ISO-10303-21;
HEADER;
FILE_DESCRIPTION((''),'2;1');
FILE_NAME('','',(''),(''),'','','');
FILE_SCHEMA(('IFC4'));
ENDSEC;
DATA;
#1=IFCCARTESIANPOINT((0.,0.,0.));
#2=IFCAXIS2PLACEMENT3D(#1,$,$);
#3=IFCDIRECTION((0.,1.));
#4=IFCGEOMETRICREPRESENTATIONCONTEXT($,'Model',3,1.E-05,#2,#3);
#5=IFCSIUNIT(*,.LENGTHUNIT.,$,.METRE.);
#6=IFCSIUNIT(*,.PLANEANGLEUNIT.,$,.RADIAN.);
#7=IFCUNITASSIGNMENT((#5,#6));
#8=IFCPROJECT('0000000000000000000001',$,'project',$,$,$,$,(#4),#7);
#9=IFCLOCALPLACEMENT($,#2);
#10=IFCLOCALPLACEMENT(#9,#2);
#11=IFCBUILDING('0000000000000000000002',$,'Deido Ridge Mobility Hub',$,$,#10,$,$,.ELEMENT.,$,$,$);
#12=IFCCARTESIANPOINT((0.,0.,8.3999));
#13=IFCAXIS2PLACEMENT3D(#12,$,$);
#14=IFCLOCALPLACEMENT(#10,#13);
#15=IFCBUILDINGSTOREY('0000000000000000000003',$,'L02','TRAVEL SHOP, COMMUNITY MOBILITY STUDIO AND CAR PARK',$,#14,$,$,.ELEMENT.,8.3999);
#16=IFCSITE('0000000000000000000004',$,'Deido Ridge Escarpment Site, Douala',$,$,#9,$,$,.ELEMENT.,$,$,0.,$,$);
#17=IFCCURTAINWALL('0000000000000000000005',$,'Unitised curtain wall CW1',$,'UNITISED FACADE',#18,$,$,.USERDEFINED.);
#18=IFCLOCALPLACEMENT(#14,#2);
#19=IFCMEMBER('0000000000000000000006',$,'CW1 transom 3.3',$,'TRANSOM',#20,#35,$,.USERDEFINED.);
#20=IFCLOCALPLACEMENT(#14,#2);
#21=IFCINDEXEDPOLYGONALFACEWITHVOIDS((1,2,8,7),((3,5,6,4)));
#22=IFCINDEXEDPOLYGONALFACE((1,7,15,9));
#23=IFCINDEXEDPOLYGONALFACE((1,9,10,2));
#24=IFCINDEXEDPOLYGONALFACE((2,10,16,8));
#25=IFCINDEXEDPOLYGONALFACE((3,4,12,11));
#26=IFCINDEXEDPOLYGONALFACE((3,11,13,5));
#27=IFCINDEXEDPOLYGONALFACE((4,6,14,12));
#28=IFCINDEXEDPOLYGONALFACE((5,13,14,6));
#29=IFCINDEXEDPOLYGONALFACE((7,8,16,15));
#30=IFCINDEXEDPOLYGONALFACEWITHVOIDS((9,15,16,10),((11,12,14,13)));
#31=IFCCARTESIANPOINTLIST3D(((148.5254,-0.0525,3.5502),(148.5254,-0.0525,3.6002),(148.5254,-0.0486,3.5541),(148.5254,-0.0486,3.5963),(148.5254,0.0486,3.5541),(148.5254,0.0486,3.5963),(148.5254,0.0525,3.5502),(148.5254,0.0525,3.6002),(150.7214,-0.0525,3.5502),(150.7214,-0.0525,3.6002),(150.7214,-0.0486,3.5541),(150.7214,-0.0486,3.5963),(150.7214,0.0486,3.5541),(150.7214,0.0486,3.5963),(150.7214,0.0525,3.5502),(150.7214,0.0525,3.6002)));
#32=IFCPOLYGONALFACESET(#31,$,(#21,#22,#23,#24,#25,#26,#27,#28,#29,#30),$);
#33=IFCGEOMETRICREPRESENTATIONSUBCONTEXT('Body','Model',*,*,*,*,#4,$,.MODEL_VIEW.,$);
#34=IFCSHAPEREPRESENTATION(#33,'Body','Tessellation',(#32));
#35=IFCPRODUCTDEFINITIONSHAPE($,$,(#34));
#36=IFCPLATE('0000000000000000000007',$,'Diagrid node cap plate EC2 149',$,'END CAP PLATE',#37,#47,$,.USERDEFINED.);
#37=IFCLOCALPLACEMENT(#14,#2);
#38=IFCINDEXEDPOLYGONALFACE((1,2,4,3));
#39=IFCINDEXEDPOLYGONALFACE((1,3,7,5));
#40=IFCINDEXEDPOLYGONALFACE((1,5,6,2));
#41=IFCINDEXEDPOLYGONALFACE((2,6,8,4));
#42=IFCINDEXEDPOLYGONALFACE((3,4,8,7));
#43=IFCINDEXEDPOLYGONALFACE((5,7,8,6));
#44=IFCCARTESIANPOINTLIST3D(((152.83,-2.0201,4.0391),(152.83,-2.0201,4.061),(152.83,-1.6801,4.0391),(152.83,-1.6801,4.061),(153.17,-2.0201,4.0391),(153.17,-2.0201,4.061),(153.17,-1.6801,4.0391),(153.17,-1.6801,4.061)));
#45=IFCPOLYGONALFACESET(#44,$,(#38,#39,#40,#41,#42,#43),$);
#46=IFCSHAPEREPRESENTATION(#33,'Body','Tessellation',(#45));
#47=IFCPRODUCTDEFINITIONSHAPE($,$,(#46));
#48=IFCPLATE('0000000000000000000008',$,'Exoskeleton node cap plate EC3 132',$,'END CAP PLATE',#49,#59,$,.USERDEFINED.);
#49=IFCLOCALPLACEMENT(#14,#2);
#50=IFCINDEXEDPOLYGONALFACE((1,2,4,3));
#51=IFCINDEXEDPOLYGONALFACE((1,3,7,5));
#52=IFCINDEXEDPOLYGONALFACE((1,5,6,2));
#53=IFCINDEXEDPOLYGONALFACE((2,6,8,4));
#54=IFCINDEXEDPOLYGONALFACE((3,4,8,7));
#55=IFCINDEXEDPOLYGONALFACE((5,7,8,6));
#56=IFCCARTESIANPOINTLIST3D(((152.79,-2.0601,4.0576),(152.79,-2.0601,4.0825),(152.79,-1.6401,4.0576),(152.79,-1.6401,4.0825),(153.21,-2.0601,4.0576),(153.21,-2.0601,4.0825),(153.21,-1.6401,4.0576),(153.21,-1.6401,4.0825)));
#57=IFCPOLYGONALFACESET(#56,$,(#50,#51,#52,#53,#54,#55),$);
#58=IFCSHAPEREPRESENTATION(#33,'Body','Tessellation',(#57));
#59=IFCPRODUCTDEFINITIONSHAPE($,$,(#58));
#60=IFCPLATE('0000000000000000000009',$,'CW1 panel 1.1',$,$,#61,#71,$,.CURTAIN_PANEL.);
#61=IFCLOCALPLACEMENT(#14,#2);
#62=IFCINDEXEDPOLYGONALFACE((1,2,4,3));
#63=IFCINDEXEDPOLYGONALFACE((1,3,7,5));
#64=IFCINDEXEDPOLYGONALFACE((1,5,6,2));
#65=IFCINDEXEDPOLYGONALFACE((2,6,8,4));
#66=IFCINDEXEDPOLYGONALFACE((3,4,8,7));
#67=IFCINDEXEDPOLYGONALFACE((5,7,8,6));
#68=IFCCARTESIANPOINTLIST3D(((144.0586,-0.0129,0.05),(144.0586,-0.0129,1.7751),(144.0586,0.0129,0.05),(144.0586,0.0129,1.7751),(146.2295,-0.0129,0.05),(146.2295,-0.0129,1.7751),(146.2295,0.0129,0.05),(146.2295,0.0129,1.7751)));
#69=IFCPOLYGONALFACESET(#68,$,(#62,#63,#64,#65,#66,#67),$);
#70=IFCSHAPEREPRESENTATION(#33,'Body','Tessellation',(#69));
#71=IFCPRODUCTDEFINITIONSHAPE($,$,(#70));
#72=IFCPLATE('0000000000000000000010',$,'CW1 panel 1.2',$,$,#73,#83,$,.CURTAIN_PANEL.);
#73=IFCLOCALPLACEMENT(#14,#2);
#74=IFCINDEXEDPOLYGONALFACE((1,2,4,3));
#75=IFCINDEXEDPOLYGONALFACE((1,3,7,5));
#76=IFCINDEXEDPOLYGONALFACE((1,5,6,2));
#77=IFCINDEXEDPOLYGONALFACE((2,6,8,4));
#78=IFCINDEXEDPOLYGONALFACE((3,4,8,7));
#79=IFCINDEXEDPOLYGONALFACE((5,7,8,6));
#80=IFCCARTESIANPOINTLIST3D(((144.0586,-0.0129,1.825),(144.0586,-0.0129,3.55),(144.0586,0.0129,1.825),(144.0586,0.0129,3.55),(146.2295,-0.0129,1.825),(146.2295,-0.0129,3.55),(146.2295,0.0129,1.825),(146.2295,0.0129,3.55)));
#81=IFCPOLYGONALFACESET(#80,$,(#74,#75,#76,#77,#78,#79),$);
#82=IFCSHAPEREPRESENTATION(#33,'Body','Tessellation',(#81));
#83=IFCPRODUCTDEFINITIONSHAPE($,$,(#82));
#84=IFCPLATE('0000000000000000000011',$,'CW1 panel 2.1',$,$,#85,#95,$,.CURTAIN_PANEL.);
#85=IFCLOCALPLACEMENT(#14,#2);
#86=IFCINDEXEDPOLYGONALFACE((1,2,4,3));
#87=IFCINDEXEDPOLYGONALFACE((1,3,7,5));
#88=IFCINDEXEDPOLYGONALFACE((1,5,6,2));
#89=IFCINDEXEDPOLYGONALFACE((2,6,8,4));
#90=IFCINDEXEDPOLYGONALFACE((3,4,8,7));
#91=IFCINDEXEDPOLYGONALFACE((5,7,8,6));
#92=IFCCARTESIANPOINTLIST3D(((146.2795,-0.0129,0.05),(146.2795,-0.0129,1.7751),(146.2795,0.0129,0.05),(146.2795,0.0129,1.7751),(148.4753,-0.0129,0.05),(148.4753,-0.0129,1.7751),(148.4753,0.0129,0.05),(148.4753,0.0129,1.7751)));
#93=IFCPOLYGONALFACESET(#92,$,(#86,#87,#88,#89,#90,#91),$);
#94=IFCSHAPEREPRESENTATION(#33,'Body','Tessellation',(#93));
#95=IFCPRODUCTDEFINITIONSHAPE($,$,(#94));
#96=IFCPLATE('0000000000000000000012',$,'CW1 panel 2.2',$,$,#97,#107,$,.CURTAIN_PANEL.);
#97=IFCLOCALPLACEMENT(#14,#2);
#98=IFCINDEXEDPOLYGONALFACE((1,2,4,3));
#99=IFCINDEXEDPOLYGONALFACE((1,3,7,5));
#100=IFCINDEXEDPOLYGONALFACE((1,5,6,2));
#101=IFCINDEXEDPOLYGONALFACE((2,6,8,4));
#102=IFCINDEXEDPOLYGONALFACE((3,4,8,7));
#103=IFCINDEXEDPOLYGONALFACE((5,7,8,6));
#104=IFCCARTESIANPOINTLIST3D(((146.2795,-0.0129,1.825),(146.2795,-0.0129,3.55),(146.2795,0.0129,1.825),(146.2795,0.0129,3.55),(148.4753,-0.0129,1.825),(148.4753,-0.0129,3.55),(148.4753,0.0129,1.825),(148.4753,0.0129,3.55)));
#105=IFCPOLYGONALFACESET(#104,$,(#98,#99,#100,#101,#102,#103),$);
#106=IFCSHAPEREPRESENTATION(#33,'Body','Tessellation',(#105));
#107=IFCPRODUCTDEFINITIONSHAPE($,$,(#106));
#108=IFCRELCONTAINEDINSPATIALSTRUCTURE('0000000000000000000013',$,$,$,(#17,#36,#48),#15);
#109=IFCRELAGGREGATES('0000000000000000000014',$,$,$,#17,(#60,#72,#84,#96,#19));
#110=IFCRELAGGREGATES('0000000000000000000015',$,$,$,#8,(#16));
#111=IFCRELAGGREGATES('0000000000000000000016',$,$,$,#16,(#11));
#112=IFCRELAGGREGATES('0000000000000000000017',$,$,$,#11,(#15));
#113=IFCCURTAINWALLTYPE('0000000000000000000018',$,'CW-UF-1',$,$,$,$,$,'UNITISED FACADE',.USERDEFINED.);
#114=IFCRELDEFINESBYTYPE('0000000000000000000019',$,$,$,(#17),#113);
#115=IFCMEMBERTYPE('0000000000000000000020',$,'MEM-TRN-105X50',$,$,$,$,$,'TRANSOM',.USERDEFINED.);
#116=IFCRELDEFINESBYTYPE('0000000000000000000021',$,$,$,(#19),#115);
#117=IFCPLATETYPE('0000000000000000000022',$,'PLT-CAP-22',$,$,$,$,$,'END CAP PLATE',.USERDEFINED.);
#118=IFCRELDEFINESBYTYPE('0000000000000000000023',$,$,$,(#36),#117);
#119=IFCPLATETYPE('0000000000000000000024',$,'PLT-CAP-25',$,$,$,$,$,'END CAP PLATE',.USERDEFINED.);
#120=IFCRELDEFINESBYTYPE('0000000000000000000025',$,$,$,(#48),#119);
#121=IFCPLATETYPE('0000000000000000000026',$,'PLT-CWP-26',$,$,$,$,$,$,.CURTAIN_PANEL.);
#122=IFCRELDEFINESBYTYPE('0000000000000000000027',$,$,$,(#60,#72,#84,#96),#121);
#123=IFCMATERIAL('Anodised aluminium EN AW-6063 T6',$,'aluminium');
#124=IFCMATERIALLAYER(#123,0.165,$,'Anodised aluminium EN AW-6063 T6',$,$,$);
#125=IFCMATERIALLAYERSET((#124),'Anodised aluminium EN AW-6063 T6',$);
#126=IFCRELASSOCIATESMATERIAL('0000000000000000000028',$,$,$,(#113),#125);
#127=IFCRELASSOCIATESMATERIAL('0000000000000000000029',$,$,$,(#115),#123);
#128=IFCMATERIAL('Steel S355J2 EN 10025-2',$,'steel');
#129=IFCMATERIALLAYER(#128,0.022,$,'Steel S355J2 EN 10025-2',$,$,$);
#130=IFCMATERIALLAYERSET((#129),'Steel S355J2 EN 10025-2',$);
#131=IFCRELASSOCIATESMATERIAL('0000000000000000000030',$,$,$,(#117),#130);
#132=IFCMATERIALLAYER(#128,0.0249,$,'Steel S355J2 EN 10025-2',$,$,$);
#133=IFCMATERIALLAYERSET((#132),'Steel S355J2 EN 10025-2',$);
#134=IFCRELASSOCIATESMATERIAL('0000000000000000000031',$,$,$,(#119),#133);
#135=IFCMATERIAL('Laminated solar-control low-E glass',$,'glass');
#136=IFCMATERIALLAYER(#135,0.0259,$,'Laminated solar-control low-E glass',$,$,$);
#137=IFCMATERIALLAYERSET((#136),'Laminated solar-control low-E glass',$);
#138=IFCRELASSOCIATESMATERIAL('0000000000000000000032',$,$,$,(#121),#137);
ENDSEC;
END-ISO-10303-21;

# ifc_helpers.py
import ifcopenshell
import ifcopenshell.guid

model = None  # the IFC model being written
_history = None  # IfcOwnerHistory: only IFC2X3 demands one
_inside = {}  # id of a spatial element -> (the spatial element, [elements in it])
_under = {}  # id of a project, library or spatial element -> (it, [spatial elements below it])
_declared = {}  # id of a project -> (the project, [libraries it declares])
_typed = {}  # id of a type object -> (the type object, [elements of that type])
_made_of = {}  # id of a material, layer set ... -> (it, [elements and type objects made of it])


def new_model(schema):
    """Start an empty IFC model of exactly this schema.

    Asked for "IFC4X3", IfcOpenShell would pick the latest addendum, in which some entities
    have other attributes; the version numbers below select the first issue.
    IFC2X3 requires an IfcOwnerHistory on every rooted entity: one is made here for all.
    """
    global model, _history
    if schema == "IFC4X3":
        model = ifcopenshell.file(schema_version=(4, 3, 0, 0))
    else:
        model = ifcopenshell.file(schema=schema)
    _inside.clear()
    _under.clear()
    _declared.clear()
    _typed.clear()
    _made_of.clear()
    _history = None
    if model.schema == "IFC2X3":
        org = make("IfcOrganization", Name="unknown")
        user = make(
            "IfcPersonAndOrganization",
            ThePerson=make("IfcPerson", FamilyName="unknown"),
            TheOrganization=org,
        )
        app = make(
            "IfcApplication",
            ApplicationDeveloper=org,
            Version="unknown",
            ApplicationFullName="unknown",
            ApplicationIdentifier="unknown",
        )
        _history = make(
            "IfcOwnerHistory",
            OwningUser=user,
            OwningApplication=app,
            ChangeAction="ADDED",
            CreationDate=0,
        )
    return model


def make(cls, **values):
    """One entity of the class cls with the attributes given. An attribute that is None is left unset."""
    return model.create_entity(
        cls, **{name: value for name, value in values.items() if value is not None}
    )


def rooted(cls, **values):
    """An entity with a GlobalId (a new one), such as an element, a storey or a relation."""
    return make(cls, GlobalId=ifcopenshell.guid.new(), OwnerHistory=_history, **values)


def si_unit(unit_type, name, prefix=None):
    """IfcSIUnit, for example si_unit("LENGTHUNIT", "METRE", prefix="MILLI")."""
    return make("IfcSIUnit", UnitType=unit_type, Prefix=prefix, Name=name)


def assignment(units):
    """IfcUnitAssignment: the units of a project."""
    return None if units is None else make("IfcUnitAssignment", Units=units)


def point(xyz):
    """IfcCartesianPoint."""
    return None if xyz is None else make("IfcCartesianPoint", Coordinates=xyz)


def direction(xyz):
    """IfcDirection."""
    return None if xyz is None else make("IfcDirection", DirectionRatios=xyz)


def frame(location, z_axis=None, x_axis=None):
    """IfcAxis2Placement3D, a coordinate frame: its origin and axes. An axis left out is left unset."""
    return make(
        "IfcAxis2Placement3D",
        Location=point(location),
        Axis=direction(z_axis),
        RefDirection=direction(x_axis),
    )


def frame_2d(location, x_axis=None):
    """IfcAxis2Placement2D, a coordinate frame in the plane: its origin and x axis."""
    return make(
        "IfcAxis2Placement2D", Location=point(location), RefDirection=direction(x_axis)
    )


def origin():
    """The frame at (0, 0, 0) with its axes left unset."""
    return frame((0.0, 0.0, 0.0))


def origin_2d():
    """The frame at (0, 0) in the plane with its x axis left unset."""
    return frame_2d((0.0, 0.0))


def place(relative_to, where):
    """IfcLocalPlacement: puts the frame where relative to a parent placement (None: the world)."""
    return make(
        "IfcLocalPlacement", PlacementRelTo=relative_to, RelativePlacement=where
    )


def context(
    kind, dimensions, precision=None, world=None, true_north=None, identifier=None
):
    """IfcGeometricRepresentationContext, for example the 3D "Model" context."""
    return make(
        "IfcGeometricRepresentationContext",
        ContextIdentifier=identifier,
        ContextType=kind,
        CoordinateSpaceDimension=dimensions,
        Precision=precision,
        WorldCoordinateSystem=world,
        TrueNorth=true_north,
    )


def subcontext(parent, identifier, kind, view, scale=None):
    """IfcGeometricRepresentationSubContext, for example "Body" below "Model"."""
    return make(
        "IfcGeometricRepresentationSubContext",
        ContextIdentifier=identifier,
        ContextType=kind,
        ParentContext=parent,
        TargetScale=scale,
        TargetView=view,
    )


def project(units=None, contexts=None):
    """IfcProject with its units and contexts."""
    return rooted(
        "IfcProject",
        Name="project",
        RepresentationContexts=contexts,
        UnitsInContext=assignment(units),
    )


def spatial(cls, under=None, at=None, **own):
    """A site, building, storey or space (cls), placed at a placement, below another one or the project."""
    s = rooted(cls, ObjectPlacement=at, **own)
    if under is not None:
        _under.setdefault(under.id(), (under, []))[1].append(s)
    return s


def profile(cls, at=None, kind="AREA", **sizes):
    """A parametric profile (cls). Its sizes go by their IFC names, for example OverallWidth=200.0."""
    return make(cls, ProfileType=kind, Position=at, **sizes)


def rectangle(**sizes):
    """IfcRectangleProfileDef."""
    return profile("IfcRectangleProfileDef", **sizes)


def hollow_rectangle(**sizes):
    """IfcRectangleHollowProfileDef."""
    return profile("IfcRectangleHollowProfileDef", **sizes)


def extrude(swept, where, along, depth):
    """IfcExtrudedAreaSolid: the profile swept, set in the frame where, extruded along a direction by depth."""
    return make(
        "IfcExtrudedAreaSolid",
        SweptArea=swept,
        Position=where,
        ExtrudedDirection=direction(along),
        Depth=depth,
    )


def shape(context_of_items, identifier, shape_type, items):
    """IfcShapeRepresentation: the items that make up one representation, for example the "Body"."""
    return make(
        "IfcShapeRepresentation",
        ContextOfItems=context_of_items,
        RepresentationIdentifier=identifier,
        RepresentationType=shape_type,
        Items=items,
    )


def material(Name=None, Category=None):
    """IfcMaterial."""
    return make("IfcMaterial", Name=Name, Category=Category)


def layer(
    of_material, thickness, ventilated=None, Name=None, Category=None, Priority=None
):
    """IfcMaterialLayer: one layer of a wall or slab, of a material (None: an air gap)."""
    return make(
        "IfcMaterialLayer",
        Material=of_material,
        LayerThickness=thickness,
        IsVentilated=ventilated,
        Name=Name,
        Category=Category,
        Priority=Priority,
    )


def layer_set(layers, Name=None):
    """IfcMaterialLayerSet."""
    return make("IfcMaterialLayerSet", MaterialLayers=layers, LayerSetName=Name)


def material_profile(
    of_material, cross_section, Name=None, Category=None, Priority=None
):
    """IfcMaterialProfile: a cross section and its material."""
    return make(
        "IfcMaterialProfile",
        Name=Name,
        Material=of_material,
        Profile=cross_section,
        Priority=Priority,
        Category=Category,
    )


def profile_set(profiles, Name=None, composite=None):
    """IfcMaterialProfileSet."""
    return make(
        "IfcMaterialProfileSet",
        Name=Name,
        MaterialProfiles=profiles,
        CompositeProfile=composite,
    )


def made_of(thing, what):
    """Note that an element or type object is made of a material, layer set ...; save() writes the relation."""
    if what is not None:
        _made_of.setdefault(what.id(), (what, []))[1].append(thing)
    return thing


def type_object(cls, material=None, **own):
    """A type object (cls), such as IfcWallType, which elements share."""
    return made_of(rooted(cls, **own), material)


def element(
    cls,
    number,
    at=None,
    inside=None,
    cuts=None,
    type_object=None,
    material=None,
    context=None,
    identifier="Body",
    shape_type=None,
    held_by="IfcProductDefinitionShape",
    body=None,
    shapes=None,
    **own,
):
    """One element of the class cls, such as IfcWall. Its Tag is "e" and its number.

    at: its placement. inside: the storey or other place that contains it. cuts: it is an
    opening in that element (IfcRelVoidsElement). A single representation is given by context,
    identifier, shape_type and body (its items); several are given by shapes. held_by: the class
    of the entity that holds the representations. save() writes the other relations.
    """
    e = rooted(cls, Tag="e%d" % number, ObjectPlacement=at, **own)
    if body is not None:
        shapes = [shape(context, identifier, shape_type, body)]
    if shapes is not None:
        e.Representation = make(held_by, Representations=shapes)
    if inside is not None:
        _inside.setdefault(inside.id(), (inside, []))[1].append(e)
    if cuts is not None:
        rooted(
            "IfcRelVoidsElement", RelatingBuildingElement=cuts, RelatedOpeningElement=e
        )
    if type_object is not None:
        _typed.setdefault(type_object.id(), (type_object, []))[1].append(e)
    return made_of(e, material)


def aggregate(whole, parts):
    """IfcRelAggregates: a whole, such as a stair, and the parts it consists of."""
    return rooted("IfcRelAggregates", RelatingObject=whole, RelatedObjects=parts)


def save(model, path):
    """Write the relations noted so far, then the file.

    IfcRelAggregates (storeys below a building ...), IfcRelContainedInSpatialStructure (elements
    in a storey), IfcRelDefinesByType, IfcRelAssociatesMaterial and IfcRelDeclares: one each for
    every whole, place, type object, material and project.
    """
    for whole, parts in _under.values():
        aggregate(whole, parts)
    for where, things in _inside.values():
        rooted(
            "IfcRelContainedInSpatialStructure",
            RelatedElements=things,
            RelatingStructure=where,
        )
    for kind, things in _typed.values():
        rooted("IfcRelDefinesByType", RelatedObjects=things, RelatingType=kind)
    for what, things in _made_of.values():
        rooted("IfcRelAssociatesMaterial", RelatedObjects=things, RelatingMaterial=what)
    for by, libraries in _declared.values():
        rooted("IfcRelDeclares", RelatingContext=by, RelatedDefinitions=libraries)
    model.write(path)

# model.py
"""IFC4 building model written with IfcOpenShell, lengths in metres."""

from ifc_helpers import new_model, si_unit, direction, frame, origin, origin_2d, place, context, subcontext, project, spatial, rectangle, hollow_rectangle, extrude, material, layer, layer_set, material_profile, profile_set, type_object, element, aggregate, save


model = new_model("IFC4")

# Units and contexts
model_context = context("Model", 3, precision=1e-05, world=origin(), true_north=direction((0.0, 1.0)))
body_context = subcontext(model_context, "Body", "Model", "MODEL_VIEW")
ifc_project = project(units=[si_unit("LENGTHUNIT", "METRE"), si_unit("PLANEANGLEUNIT", "RADIAN")], contexts=[model_context])

# Site, building, storey
site_placement = place(None, origin())
site = spatial("IfcSite", under=ifc_project, at=site_placement, Name="Deido Ridge Escarpment Site, Douala", CompositionType="ELEMENT", RefElevation=0.0)
building_placement = place(site_placement, origin())
building = spatial("IfcBuilding", under=site, at=building_placement, Name="Deido Ridge Mobility Hub", CompositionType="ELEMENT")
storey_placement = place(building_placement, frame((0.0, 0.0, 8.3999)))
storey = spatial("IfcBuildingStorey", under=building, at=storey_placement, Name="L02", Description="TRAVEL SHOP, COMMUNITY MOBILITY STUDIO AND CAR PARK", CompositionType="ELEMENT", Elevation=8.3999)

# Curtain wall, member
ifc_material_1 = material(Name="Anodised aluminium EN AW-6063 T6", Category="aluminium")
ifc_layer_1 = layer(ifc_material_1, 0.165, Name="Anodised aluminium EN AW-6063 T6")
ifc_layer_set_1 = layer_set([ifc_layer_1], Name="Anodised aluminium EN AW-6063 T6")
curtain_wall_type = type_object("IfcCurtainWallType", Name="CW-UF-1", ElementType="UNITISED FACADE", PredefinedType="USERDEFINED", material=ifc_layer_set_1)
curtain_wall_placement = place(storey_placement, origin())
curtain_wall = element("IfcCurtainWall", 1, at=curtain_wall_placement, inside=storey, type_object=curtain_wall_type, Name="Unitised curtain wall CW1", ObjectType="UNITISED FACADE", PredefinedType="USERDEFINED")
ifc_material_profile_1 = material_profile(ifc_material_1, hollow_rectangle(XDim=0.105, YDim=0.05, WallThickness=0.0039, at=origin_2d()), Name="RHS 105x50x4")
ifc_profile_set_1 = profile_set([ifc_material_profile_1], Name="Anodised aluminium EN AW-6063 T6")
member_type_1 = type_object("IfcMemberType", Name="MEM-TRN-105X50", ElementType="TRANSOM", PredefinedType="USERDEFINED", material=ifc_profile_set_1)
member_1_placement = place(storey_placement, frame((148.5254, 0.0, 3.5752), z_axis=(1.0, 0.0, 0.0), x_axis=(0.0, 1.0, 0.0)))
member_1 = element("IfcMember", 2, at=member_1_placement, type_object=member_type_1, Name="CW1 transom 3.3", ObjectType="TRANSOM", PredefinedType="USERDEFINED", context=body_context, shape_type="SweptSolid", body=[
    extrude(hollow_rectangle(XDim=0.105, YDim=0.05, WallThickness=0.0039, at=origin_2d()), origin(), (0.0, 0.0, 1.0), 2.196),
])

# Plates
ifc_material_2 = material(Name="Steel S355J2 EN 10025-2", Category="steel")
ifc_layer_2 = layer(ifc_material_2, 0.022, Name="Steel S355J2 EN 10025-2")
ifc_layer_set_2 = layer_set([ifc_layer_2], Name="Steel S355J2 EN 10025-2")
plate_type_1 = type_object("IfcPlateType", Name="PLT-CAP-22", ElementType="END CAP PLATE", PredefinedType="USERDEFINED", material=ifc_layer_set_2)
plate_1_placement = place(storey_placement, frame((153.0, -1.8501, 4.0391), z_axis=(0.0, 0.0, 1.0), x_axis=(1.0, 0.0, 0.0)))
element("IfcPlate", 3, at=plate_1_placement, inside=storey, type_object=plate_type_1, Name="Diagrid node cap plate EC2 149", ObjectType="END CAP PLATE", PredefinedType="USERDEFINED", context=body_context, shape_type="SweptSolid", body=[
    extrude(rectangle(XDim=0.3401, YDim=0.3401, at=origin_2d()), origin(), (0.0, 0.0, 1.0), 0.022),
])
ifc_layer_3 = layer(ifc_material_2, 0.0249, Name="Steel S355J2 EN 10025-2")
ifc_layer_set_3 = layer_set([ifc_layer_3], Name="Steel S355J2 EN 10025-2")
plate_type_2 = type_object("IfcPlateType", Name="PLT-CAP-25", ElementType="END CAP PLATE", PredefinedType="USERDEFINED", material=ifc_layer_set_3)
plate_2_placement = place(storey_placement, frame((153.0, -1.8501, 4.0576), z_axis=(0.0, 0.0, 1.0), x_axis=(1.0, 0.0, 0.0)))
element("IfcPlate", 4, at=plate_2_placement, inside=storey, type_object=plate_type_2, Name="Exoskeleton node cap plate EC3 132", ObjectType="END CAP PLATE", PredefinedType="USERDEFINED", context=body_context, shape_type="SweptSolid", body=[
    extrude(rectangle(XDim=0.4199, YDim=0.4199, at=origin_2d()), origin(), (0.0, 0.0, 1.0), 0.0249),
])

# Plates
ifc_material_3 = material(Name="Laminated solar-control low-E glass", Category="glass")
ifc_layer_4 = layer(ifc_material_3, 0.0259, Name="Laminated solar-control low-E glass")
ifc_layer_set_4 = layer_set([ifc_layer_4], Name="Laminated solar-control low-E glass")
plate_type_3 = type_object("IfcPlateType", Name="PLT-CWP-26", PredefinedType="CURTAIN_PANEL", material=ifc_layer_set_4)
plate_3_placement = place(storey_placement, frame((145.144, 0.0, 0.05), z_axis=(0.0, 0.0, 1.0), x_axis=(1.0, 0.0, 0.0)))
plate_3 = element("IfcPlate", 5, at=plate_3_placement, type_object=plate_type_3, Name="CW1 panel 1.1", PredefinedType="CURTAIN_PANEL", context=body_context, shape_type="SweptSolid", body=[
    extrude(rectangle(XDim=2.1709, YDim=0.0259, at=origin_2d()), origin(), (0.0, 0.0, 1.0), 1.7251),
])
plate_4_placement = place(storey_placement, frame((145.144, 0.0, 1.825), z_axis=(0.0, 0.0, 1.0), x_axis=(1.0, 0.0, 0.0)))
plate_4 = element("IfcPlate", 6, at=plate_4_placement, type_object=plate_type_3, Name="CW1 panel 1.2", PredefinedType="CURTAIN_PANEL", context=body_context, shape_type="SweptSolid", body=[
    extrude(rectangle(XDim=2.1709, YDim=0.0259, at=origin_2d()), origin(), (0.0, 0.0, 1.0), 1.7251),
])
plate_5_placement = place(storey_placement, frame((147.3774, 0.0, 0.05), z_axis=(0.0, 0.0, 1.0), x_axis=(1.0, 0.0, 0.0)))
plate_5 = element("IfcPlate", 7, at=plate_5_placement, type_object=plate_type_3, Name="CW1 panel 2.1", PredefinedType="CURTAIN_PANEL", context=body_context, shape_type="SweptSolid", body=[
    extrude(rectangle(XDim=2.1958, YDim=0.0259, at=origin_2d()), origin(), (0.0, 0.0, 1.0), 1.7251),
])
plate_6_placement = place(storey_placement, frame((147.3774, 0.0, 1.825), z_axis=(0.0, 0.0, 1.0), x_axis=(1.0, 0.0, 0.0)))
plate_6 = element("IfcPlate", 8, at=plate_6_placement, type_object=plate_type_3, Name="CW1 panel 2.2", PredefinedType="CURTAIN_PANEL", context=body_context, shape_type="SweptSolid", body=[
    extrude(rectangle(XDim=2.1958, YDim=0.0259, at=origin_2d()), origin(), (0.0, 0.0, 1.0), 1.7251),
])
aggregate(curtain_wall, [plate_3, plate_4, plate_5, plate_6, member_1])

save(model, "model.ifc")
